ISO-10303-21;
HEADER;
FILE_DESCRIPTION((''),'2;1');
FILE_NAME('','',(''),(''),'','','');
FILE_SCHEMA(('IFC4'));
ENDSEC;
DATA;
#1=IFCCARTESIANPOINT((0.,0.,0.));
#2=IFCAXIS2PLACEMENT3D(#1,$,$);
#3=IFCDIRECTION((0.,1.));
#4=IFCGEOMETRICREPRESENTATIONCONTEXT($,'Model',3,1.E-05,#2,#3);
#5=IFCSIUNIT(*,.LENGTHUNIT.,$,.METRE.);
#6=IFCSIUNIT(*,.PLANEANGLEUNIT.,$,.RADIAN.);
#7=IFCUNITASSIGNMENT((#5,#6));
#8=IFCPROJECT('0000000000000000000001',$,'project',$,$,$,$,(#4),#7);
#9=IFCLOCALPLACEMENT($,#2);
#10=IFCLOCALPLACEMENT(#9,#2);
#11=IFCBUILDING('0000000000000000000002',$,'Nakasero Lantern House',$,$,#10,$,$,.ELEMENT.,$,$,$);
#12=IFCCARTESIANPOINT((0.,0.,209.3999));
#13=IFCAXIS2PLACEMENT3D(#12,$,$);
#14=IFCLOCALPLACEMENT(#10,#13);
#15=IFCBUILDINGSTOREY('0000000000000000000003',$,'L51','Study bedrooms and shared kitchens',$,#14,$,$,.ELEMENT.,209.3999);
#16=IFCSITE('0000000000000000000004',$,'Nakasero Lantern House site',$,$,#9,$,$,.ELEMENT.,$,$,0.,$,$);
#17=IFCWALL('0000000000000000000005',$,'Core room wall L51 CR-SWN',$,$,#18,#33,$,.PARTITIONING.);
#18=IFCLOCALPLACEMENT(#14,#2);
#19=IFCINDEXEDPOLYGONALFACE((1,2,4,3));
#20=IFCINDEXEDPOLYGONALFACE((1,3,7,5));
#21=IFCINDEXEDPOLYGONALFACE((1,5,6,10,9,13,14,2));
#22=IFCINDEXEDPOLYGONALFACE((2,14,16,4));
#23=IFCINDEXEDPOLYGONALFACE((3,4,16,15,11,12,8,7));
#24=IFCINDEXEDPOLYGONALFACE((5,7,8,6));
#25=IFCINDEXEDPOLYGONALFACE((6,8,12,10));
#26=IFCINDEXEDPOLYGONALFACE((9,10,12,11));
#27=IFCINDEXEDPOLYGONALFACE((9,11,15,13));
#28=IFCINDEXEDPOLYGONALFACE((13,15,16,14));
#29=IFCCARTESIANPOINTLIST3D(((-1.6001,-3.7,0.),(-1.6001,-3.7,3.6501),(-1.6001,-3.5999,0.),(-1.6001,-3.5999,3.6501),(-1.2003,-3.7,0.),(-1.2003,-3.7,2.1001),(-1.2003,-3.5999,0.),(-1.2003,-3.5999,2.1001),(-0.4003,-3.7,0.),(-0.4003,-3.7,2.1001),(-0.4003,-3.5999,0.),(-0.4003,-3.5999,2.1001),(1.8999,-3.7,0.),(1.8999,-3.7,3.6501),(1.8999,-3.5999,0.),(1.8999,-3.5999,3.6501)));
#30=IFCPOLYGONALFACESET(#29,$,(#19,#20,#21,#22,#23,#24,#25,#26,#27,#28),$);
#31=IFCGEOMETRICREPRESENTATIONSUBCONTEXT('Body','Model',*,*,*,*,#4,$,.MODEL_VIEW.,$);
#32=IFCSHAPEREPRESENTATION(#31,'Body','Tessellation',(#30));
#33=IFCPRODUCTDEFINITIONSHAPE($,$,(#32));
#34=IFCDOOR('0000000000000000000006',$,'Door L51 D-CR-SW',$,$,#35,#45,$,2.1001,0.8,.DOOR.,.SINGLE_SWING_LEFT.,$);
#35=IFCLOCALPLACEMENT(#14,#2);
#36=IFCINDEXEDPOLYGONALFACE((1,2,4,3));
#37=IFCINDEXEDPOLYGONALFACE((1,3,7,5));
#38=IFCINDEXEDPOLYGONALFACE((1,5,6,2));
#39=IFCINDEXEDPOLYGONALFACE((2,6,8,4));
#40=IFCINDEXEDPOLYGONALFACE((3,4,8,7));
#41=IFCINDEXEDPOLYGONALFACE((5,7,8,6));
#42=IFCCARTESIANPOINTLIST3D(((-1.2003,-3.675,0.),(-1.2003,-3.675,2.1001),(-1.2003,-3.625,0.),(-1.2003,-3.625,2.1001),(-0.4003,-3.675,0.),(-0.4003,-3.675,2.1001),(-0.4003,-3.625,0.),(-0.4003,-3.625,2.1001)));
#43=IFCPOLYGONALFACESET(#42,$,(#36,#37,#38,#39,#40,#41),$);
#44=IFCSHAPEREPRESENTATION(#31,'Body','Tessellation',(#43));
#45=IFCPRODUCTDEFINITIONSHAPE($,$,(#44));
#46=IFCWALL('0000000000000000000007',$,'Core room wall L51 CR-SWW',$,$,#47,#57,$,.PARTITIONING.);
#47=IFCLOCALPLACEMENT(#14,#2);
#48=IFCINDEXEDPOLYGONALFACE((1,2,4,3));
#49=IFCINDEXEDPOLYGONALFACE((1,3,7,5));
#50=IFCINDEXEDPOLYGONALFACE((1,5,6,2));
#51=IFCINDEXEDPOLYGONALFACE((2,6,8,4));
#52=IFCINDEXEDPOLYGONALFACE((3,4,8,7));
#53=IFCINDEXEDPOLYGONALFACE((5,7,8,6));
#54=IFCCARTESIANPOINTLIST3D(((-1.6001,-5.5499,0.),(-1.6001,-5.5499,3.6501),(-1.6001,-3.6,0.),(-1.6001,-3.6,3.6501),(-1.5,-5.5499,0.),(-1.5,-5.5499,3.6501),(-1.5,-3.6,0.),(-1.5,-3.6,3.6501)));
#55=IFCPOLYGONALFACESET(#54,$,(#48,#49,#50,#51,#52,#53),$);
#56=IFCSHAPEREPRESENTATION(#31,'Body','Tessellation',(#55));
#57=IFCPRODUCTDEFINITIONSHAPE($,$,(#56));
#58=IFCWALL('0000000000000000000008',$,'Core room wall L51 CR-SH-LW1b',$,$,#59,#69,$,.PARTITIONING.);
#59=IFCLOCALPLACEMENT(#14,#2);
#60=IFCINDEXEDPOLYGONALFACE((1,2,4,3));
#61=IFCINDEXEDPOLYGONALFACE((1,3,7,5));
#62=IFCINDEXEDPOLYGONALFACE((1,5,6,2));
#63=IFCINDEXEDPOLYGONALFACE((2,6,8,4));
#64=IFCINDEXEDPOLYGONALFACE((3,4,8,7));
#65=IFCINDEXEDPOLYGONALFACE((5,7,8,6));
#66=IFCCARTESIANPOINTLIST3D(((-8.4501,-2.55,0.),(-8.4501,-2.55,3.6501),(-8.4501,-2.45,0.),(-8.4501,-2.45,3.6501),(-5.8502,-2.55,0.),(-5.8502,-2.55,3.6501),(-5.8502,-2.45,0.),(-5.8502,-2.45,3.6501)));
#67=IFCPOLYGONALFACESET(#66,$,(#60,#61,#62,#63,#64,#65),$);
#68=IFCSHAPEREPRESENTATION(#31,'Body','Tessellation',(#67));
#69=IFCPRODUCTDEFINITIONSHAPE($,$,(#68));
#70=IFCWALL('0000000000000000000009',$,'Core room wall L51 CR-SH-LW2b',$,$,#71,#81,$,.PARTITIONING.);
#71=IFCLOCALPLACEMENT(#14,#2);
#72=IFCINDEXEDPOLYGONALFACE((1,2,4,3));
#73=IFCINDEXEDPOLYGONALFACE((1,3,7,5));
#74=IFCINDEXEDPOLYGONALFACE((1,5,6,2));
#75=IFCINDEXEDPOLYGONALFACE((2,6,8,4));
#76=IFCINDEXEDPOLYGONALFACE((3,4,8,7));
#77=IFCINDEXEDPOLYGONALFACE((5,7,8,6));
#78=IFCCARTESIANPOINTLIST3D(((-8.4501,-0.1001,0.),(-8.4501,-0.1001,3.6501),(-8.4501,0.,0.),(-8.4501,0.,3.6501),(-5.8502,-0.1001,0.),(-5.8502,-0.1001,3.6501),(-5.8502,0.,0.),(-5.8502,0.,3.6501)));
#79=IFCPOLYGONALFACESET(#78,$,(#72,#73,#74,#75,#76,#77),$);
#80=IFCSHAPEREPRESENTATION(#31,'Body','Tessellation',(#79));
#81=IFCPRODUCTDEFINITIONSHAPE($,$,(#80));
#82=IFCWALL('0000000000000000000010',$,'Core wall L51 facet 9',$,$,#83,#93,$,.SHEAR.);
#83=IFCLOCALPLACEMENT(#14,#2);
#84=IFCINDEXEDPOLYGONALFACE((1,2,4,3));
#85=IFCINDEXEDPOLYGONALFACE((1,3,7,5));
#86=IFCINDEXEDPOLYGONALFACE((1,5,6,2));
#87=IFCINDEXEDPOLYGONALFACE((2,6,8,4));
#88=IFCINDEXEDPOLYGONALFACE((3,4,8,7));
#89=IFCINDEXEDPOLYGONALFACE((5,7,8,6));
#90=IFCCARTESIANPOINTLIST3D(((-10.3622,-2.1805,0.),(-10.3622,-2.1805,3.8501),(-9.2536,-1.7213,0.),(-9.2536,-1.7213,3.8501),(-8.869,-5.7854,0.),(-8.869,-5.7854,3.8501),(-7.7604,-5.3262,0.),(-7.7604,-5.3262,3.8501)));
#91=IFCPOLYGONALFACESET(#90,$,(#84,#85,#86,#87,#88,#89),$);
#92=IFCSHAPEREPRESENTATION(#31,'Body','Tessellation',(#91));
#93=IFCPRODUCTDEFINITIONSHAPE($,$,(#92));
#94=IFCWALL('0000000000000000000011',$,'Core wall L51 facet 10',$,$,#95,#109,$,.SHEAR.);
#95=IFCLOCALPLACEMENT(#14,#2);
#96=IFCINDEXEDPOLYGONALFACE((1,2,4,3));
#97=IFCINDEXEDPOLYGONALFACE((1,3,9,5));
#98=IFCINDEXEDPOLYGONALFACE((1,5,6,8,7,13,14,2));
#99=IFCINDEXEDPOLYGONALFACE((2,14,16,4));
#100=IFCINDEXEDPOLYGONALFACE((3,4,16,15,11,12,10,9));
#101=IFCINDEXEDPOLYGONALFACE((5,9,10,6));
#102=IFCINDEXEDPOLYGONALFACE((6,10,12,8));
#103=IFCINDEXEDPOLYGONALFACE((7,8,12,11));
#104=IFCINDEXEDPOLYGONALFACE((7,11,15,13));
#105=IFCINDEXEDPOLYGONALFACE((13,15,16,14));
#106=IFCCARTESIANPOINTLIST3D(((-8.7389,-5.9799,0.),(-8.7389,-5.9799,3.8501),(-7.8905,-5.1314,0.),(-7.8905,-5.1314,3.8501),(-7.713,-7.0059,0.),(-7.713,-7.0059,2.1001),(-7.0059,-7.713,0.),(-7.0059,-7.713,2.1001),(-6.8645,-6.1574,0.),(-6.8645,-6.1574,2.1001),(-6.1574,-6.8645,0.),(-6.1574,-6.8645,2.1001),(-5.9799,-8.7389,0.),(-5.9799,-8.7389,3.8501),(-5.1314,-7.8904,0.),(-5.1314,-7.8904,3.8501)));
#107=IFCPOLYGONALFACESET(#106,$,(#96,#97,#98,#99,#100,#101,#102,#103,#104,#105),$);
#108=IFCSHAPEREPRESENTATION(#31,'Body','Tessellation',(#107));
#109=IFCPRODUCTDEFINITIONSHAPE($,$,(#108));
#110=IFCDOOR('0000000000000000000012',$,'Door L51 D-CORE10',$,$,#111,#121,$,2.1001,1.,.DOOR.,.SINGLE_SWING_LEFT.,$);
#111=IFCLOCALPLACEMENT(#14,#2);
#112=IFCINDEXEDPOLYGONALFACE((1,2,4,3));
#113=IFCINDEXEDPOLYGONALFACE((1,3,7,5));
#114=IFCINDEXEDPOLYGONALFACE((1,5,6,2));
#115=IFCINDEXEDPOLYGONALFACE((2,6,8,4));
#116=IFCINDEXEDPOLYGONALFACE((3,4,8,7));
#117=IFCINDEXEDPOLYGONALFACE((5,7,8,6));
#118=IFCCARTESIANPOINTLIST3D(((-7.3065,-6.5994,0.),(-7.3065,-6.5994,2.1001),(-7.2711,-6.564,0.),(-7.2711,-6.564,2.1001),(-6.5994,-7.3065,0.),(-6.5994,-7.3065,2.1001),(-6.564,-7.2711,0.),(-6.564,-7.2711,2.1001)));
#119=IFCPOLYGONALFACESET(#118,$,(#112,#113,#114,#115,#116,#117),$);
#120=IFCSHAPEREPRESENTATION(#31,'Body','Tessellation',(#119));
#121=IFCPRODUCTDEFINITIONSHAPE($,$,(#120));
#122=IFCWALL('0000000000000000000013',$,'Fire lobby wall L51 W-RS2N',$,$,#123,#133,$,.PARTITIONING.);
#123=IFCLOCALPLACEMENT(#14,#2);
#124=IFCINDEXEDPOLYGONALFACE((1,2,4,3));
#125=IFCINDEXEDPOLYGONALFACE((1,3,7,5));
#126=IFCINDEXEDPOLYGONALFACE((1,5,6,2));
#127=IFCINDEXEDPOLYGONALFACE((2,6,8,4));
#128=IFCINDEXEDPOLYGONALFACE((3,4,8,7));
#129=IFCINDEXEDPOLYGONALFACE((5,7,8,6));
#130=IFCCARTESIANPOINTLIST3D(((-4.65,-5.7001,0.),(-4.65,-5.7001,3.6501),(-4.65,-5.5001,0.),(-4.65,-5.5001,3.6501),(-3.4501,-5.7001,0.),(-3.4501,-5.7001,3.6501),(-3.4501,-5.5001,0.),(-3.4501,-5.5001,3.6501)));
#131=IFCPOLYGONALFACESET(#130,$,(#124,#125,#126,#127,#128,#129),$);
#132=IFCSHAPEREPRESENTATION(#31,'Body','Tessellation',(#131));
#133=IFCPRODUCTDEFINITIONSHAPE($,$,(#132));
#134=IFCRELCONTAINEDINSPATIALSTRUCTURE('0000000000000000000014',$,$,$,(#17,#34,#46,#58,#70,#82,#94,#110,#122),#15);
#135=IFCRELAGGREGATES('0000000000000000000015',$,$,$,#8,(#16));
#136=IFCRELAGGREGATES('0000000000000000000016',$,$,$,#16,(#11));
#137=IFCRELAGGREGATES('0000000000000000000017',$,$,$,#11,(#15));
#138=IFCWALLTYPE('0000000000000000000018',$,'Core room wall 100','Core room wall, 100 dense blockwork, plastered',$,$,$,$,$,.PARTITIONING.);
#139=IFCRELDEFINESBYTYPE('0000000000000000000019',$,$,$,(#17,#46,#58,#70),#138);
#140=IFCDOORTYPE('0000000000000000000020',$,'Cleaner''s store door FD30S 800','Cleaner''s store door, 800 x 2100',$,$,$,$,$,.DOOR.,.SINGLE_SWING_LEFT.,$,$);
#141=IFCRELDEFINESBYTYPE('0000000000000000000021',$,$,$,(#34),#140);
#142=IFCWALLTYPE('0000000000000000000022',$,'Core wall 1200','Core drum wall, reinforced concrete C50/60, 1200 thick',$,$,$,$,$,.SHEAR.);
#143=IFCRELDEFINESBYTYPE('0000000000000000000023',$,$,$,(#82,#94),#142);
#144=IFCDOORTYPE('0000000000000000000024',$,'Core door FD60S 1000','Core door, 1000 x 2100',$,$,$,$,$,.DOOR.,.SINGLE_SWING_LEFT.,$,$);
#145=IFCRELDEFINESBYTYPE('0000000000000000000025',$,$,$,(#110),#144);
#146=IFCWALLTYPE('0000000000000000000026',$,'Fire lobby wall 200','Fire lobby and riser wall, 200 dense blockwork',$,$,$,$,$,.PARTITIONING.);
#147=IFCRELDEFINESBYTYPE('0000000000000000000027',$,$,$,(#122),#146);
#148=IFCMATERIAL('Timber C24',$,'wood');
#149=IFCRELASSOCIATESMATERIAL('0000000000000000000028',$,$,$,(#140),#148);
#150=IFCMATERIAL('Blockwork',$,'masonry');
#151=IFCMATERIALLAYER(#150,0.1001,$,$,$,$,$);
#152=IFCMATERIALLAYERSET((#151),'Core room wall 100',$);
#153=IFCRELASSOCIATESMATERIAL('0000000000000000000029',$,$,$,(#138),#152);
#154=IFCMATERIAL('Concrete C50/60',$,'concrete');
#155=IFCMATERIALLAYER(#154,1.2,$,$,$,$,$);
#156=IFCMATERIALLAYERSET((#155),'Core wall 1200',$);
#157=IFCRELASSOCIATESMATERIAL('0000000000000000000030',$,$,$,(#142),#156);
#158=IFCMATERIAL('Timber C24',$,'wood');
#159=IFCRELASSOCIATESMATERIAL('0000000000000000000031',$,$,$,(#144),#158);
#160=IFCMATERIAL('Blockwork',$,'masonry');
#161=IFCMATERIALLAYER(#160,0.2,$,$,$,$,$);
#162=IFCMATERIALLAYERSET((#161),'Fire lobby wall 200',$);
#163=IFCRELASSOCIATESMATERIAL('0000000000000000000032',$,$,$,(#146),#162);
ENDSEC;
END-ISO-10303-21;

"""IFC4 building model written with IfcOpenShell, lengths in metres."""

from ifc_helpers import new_model, si_unit, direction, frame, frame_2d, origin, place, context, subcontext, project, spatial, rectangle, extrude, material, layer, layer_set, type_object, element, fill, save


model = new_model("IFC4")

# Units and contexts
model_context = context("Model", 3, precision=1e-05, world=origin(), true_north=direction((0.0, 1.0)))
body_context = subcontext(model_context, "Body", "Model", "MODEL_VIEW")
ifc_project = project(units=[si_unit("LENGTHUNIT", "METRE"), si_unit("PLANEANGLEUNIT", "RADIAN")], contexts=[model_context])

# Site, building, storey
site_placement = place(None, origin())
site = spatial("IfcSite", under=ifc_project, at=site_placement, Name="Nakasero Lantern House site", CompositionType="ELEMENT", RefElevation=0.0)
building_placement = place(site_placement, origin())
building = spatial("IfcBuilding", under=site, at=building_placement, Name="Nakasero Lantern House", CompositionType="ELEMENT")
storey_placement = place(building_placement, frame((0.0, 0.0, 209.3999)))
storey = spatial("IfcBuildingStorey", under=building, at=storey_placement, Name="L51", Description="Study bedrooms and shared kitchens", CompositionType="ELEMENT", Elevation=209.3999)

# Shared definitions
ifc_material_1 = material(Name="Timber C24", Category="wood")
door_type_1 = type_object("IfcDoorType", Name="Cleaner's store door FD30S 800", Description="Cleaner's store door, 800 x 2100", OperationType="SINGLE_SWING_LEFT", PredefinedType="DOOR", material=ifc_material_1)

# Wall, opening, door
ifc_material_2 = material(Name="Blockwork", Category="masonry")
ifc_layer_1 = layer(ifc_material_2, 0.1001)
ifc_layer_set_1 = layer_set([ifc_layer_1], Name="Core room wall 100")
wall_type_1 = type_object("IfcWallType", Name="Core room wall 100", Description="Core room wall, 100 dense blockwork, plastered", PredefinedType="PARTITIONING", material=ifc_layer_set_1)
wall_1_placement = place(storey_placement, frame((-1.6001, -3.6499, 0.0), z_axis=(0.0, 0.0, 1.0), x_axis=(1.0, 0.0, 0.0)))
wall_1 = element("IfcWall", 1, at=wall_1_placement, inside=storey, type_object=wall_type_1, Name="Core room wall L51 CR-SWN", PredefinedType="PARTITIONING", context=body_context, shape_type="SweptSolid", body=[
    extrude(rectangle(XDim=3.5, YDim=0.1001, at=frame_2d((1.75, 0.0))), origin(), (0.0, 0.0, 1.0), 3.6501),
])
opening_1_placement = place(wall_1_placement, frame((0.3999, 0.0, 0.0)))
opening_1 = element("IfcOpeningElement", 2, at=opening_1_placement, cuts=wall_1, PredefinedType="OPENING", context=body_context, shape_type="SweptSolid", body=[
    extrude(rectangle(XDim=0.8, YDim=2.1001, at=frame_2d((0.3999, 1.05))), frame((0.0, 0.0701, 0.0), z_axis=(0.0, -1.0, 0.0), x_axis=(1.0, 0.0, 0.0)), (0.0, 0.0, 1.0), 0.1401),
])
door_1_placement = place(opening_1_placement, origin())
door_1 = element("IfcDoor", 3, at=door_1_placement, inside=storey, type_object=door_type_1, Name="Door L51 D-CR-SW", OperationType="SINGLE_SWING_LEFT", OverallHeight=2.1001, OverallWidth=0.8, PredefinedType="DOOR", context=body_context, shape_type="SweptSolid", body=[
    extrude(rectangle(XDim=0.8, YDim=2.1001, at=frame_2d((0.3999, 1.05))), frame((0.0, 0.0249, 0.0), z_axis=(0.0, -1.0, 0.0), x_axis=(1.0, 0.0, 0.0)), (0.0, 0.0, 1.0), 0.05),
])
fill(opening_1, door_1)

# Walls
wall_2_placement = place(storey_placement, frame((-1.55, -5.55, 0.0), z_axis=(0.0, 0.0, 1.0), x_axis=(0.0, 1.0, 0.0)))
element("IfcWall", 4, at=wall_2_placement, inside=storey, type_object=wall_type_1, Name="Core room wall L51 CR-SWW", PredefinedType="PARTITIONING", context=body_context, shape_type="SweptSolid", body=[
    extrude(rectangle(XDim=1.95, YDim=0.1001, at=frame_2d((0.9751, 0.0))), origin(), (0.0, 0.0, 1.0), 3.6501),
])
for number, where, z_axis, x_axis, name in (
    (5, (-8.45, -2.5, 0.0), (0.0, 0.0, 1.0), (1.0, 0.0, 0.0), "Core room wall L51 CR-SH-LW1b"),
    (6, (-8.45, -0.05, 0.0), (0.0, 0.0, 1.0), (1.0, 0.0, 0.0), "Core room wall L51 CR-SH-LW2b"),
):
    element("IfcWall", number, at=place(storey_placement, frame(where, z_axis=z_axis, x_axis=x_axis)), inside=storey, type_object=wall_type_1, Name=name, PredefinedType="PARTITIONING", context=body_context, shape_type="SweptSolid", body=[
        extrude(rectangle(XDim=2.5999, YDim=0.1001, at=frame_2d((1.2998, 0.0))), origin(), (0.0, 0.0, 1.0), 3.6501),
    ])
ifc_material_3 = material(Name="Concrete C50/60", Category="concrete")
ifc_layer_2 = layer(ifc_material_3, 1.2)
ifc_layer_set_2 = layer_set([ifc_layer_2], Name="Core wall 1200")
wall_type_2 = type_object("IfcWallType", Name="Core wall 1200", Description="Core drum wall, reinforced concrete C50/60, 1200 thick", PredefinedType="SHEAR", material=ifc_layer_set_2)
wall_3_placement = place(storey_placement, frame((-9.8079, -1.9509, 0.0), z_axis=(0.0, 0.0, 1.0), x_axis=(0.382691, -0.923877, 0.0)))
element("IfcWall", 7, at=wall_3_placement, inside=storey, type_object=wall_type_2, Name="Core wall L51 facet 9", PredefinedType="SHEAR", context=body_context, shape_type="SweptSolid", body=[
    extrude(rectangle(XDim=3.9019, YDim=1.2, at=frame_2d((1.9509, 0.0))), origin(), (0.0, 0.0, 1.0), 3.8501),
])

# Wall, opening, door
wall_4_placement = place(storey_placement, frame((-8.3147, -5.5557, 0.0), z_axis=(0.0, 0.0, 1.0), x_axis=(0.707107, -0.707107, 0.0)))
wall_4 = element("IfcWall", 8, at=wall_4_placement, inside=storey, type_object=wall_type_2, Name="Core wall L51 facet 10", PredefinedType="SHEAR", context=body_context, shape_type="SweptSolid", body=[
    extrude(rectangle(XDim=3.9019, YDim=1.2, at=frame_2d((1.9509, 0.0))), origin(), (0.0, 0.0, 1.0), 3.8501),
])
opening_2_placement = place(wall_4_placement, frame((1.4509, 0.0, 0.0)))
opening_2 = element("IfcOpeningElement", 9, at=opening_2_placement, cuts=wall_4, PredefinedType="OPENING", context=body_context, shape_type="SweptSolid", body=[
    extrude(rectangle(XDim=1.0, YDim=2.1001, at=frame_2d((0.5, 1.05))), frame((0.0, 0.6199, 0.0), z_axis=(0.0, -1.0, 0.0), x_axis=(1.0, 0.0, 0.0)), (0.0, 0.0, 1.0), 1.24),
])
ifc_material_4 = material(Name="Timber C24", Category="wood")
door_type_2 = type_object("IfcDoorType", Name="Core door FD60S 1000", Description="Core door, 1000 x 2100", OperationType="SINGLE_SWING_LEFT", PredefinedType="DOOR", material=ifc_material_4)
door_2_placement = place(opening_2_placement, origin())
door_2 = element("IfcDoor", 10, at=door_2_placement, inside=storey, type_object=door_type_2, Name="Door L51 D-CORE10", OperationType="SINGLE_SWING_LEFT", OverallHeight=2.1001, OverallWidth=1.0, PredefinedType="DOOR", context=body_context, shape_type="SweptSolid", body=[
    extrude(rectangle(XDim=1.0, YDim=2.1001, at=frame_2d((0.5, 1.05))), frame((0.0, 0.0249, 0.0), z_axis=(0.0, -1.0, 0.0), x_axis=(1.0, 0.0, 0.0)), (0.0, 0.0, 1.0), 0.05),
])
fill(opening_2, door_2)

# Wall
ifc_material_5 = material(Name="Blockwork", Category="masonry")
ifc_layer_3 = layer(ifc_material_5, 0.2)
ifc_layer_set_3 = layer_set([ifc_layer_3], Name="Fire lobby wall 200")
wall_type_3 = type_object("IfcWallType", Name="Fire lobby wall 200", Description="Fire lobby and riser wall, 200 dense blockwork", PredefinedType="PARTITIONING", material=ifc_layer_set_3)
wall_5_placement = place(storey_placement, frame((-3.45, -5.6001, 0.0), z_axis=(0.0, 0.0, 1.0), x_axis=(-1.0, 0.0, 0.0)))
element("IfcWall", 11, at=wall_5_placement, inside=storey, type_object=wall_type_3, Name="Fire lobby wall L51 W-RS2N", PredefinedType="PARTITIONING", context=body_context, shape_type="SweptSolid", body=[
    extrude(rectangle(XDim=1.2, YDim=0.2, at=frame_2d((0.6001, 0.0))), origin(), (0.0, 0.0, 1.0), 3.6501),
])

save(model, "model.ifc")
